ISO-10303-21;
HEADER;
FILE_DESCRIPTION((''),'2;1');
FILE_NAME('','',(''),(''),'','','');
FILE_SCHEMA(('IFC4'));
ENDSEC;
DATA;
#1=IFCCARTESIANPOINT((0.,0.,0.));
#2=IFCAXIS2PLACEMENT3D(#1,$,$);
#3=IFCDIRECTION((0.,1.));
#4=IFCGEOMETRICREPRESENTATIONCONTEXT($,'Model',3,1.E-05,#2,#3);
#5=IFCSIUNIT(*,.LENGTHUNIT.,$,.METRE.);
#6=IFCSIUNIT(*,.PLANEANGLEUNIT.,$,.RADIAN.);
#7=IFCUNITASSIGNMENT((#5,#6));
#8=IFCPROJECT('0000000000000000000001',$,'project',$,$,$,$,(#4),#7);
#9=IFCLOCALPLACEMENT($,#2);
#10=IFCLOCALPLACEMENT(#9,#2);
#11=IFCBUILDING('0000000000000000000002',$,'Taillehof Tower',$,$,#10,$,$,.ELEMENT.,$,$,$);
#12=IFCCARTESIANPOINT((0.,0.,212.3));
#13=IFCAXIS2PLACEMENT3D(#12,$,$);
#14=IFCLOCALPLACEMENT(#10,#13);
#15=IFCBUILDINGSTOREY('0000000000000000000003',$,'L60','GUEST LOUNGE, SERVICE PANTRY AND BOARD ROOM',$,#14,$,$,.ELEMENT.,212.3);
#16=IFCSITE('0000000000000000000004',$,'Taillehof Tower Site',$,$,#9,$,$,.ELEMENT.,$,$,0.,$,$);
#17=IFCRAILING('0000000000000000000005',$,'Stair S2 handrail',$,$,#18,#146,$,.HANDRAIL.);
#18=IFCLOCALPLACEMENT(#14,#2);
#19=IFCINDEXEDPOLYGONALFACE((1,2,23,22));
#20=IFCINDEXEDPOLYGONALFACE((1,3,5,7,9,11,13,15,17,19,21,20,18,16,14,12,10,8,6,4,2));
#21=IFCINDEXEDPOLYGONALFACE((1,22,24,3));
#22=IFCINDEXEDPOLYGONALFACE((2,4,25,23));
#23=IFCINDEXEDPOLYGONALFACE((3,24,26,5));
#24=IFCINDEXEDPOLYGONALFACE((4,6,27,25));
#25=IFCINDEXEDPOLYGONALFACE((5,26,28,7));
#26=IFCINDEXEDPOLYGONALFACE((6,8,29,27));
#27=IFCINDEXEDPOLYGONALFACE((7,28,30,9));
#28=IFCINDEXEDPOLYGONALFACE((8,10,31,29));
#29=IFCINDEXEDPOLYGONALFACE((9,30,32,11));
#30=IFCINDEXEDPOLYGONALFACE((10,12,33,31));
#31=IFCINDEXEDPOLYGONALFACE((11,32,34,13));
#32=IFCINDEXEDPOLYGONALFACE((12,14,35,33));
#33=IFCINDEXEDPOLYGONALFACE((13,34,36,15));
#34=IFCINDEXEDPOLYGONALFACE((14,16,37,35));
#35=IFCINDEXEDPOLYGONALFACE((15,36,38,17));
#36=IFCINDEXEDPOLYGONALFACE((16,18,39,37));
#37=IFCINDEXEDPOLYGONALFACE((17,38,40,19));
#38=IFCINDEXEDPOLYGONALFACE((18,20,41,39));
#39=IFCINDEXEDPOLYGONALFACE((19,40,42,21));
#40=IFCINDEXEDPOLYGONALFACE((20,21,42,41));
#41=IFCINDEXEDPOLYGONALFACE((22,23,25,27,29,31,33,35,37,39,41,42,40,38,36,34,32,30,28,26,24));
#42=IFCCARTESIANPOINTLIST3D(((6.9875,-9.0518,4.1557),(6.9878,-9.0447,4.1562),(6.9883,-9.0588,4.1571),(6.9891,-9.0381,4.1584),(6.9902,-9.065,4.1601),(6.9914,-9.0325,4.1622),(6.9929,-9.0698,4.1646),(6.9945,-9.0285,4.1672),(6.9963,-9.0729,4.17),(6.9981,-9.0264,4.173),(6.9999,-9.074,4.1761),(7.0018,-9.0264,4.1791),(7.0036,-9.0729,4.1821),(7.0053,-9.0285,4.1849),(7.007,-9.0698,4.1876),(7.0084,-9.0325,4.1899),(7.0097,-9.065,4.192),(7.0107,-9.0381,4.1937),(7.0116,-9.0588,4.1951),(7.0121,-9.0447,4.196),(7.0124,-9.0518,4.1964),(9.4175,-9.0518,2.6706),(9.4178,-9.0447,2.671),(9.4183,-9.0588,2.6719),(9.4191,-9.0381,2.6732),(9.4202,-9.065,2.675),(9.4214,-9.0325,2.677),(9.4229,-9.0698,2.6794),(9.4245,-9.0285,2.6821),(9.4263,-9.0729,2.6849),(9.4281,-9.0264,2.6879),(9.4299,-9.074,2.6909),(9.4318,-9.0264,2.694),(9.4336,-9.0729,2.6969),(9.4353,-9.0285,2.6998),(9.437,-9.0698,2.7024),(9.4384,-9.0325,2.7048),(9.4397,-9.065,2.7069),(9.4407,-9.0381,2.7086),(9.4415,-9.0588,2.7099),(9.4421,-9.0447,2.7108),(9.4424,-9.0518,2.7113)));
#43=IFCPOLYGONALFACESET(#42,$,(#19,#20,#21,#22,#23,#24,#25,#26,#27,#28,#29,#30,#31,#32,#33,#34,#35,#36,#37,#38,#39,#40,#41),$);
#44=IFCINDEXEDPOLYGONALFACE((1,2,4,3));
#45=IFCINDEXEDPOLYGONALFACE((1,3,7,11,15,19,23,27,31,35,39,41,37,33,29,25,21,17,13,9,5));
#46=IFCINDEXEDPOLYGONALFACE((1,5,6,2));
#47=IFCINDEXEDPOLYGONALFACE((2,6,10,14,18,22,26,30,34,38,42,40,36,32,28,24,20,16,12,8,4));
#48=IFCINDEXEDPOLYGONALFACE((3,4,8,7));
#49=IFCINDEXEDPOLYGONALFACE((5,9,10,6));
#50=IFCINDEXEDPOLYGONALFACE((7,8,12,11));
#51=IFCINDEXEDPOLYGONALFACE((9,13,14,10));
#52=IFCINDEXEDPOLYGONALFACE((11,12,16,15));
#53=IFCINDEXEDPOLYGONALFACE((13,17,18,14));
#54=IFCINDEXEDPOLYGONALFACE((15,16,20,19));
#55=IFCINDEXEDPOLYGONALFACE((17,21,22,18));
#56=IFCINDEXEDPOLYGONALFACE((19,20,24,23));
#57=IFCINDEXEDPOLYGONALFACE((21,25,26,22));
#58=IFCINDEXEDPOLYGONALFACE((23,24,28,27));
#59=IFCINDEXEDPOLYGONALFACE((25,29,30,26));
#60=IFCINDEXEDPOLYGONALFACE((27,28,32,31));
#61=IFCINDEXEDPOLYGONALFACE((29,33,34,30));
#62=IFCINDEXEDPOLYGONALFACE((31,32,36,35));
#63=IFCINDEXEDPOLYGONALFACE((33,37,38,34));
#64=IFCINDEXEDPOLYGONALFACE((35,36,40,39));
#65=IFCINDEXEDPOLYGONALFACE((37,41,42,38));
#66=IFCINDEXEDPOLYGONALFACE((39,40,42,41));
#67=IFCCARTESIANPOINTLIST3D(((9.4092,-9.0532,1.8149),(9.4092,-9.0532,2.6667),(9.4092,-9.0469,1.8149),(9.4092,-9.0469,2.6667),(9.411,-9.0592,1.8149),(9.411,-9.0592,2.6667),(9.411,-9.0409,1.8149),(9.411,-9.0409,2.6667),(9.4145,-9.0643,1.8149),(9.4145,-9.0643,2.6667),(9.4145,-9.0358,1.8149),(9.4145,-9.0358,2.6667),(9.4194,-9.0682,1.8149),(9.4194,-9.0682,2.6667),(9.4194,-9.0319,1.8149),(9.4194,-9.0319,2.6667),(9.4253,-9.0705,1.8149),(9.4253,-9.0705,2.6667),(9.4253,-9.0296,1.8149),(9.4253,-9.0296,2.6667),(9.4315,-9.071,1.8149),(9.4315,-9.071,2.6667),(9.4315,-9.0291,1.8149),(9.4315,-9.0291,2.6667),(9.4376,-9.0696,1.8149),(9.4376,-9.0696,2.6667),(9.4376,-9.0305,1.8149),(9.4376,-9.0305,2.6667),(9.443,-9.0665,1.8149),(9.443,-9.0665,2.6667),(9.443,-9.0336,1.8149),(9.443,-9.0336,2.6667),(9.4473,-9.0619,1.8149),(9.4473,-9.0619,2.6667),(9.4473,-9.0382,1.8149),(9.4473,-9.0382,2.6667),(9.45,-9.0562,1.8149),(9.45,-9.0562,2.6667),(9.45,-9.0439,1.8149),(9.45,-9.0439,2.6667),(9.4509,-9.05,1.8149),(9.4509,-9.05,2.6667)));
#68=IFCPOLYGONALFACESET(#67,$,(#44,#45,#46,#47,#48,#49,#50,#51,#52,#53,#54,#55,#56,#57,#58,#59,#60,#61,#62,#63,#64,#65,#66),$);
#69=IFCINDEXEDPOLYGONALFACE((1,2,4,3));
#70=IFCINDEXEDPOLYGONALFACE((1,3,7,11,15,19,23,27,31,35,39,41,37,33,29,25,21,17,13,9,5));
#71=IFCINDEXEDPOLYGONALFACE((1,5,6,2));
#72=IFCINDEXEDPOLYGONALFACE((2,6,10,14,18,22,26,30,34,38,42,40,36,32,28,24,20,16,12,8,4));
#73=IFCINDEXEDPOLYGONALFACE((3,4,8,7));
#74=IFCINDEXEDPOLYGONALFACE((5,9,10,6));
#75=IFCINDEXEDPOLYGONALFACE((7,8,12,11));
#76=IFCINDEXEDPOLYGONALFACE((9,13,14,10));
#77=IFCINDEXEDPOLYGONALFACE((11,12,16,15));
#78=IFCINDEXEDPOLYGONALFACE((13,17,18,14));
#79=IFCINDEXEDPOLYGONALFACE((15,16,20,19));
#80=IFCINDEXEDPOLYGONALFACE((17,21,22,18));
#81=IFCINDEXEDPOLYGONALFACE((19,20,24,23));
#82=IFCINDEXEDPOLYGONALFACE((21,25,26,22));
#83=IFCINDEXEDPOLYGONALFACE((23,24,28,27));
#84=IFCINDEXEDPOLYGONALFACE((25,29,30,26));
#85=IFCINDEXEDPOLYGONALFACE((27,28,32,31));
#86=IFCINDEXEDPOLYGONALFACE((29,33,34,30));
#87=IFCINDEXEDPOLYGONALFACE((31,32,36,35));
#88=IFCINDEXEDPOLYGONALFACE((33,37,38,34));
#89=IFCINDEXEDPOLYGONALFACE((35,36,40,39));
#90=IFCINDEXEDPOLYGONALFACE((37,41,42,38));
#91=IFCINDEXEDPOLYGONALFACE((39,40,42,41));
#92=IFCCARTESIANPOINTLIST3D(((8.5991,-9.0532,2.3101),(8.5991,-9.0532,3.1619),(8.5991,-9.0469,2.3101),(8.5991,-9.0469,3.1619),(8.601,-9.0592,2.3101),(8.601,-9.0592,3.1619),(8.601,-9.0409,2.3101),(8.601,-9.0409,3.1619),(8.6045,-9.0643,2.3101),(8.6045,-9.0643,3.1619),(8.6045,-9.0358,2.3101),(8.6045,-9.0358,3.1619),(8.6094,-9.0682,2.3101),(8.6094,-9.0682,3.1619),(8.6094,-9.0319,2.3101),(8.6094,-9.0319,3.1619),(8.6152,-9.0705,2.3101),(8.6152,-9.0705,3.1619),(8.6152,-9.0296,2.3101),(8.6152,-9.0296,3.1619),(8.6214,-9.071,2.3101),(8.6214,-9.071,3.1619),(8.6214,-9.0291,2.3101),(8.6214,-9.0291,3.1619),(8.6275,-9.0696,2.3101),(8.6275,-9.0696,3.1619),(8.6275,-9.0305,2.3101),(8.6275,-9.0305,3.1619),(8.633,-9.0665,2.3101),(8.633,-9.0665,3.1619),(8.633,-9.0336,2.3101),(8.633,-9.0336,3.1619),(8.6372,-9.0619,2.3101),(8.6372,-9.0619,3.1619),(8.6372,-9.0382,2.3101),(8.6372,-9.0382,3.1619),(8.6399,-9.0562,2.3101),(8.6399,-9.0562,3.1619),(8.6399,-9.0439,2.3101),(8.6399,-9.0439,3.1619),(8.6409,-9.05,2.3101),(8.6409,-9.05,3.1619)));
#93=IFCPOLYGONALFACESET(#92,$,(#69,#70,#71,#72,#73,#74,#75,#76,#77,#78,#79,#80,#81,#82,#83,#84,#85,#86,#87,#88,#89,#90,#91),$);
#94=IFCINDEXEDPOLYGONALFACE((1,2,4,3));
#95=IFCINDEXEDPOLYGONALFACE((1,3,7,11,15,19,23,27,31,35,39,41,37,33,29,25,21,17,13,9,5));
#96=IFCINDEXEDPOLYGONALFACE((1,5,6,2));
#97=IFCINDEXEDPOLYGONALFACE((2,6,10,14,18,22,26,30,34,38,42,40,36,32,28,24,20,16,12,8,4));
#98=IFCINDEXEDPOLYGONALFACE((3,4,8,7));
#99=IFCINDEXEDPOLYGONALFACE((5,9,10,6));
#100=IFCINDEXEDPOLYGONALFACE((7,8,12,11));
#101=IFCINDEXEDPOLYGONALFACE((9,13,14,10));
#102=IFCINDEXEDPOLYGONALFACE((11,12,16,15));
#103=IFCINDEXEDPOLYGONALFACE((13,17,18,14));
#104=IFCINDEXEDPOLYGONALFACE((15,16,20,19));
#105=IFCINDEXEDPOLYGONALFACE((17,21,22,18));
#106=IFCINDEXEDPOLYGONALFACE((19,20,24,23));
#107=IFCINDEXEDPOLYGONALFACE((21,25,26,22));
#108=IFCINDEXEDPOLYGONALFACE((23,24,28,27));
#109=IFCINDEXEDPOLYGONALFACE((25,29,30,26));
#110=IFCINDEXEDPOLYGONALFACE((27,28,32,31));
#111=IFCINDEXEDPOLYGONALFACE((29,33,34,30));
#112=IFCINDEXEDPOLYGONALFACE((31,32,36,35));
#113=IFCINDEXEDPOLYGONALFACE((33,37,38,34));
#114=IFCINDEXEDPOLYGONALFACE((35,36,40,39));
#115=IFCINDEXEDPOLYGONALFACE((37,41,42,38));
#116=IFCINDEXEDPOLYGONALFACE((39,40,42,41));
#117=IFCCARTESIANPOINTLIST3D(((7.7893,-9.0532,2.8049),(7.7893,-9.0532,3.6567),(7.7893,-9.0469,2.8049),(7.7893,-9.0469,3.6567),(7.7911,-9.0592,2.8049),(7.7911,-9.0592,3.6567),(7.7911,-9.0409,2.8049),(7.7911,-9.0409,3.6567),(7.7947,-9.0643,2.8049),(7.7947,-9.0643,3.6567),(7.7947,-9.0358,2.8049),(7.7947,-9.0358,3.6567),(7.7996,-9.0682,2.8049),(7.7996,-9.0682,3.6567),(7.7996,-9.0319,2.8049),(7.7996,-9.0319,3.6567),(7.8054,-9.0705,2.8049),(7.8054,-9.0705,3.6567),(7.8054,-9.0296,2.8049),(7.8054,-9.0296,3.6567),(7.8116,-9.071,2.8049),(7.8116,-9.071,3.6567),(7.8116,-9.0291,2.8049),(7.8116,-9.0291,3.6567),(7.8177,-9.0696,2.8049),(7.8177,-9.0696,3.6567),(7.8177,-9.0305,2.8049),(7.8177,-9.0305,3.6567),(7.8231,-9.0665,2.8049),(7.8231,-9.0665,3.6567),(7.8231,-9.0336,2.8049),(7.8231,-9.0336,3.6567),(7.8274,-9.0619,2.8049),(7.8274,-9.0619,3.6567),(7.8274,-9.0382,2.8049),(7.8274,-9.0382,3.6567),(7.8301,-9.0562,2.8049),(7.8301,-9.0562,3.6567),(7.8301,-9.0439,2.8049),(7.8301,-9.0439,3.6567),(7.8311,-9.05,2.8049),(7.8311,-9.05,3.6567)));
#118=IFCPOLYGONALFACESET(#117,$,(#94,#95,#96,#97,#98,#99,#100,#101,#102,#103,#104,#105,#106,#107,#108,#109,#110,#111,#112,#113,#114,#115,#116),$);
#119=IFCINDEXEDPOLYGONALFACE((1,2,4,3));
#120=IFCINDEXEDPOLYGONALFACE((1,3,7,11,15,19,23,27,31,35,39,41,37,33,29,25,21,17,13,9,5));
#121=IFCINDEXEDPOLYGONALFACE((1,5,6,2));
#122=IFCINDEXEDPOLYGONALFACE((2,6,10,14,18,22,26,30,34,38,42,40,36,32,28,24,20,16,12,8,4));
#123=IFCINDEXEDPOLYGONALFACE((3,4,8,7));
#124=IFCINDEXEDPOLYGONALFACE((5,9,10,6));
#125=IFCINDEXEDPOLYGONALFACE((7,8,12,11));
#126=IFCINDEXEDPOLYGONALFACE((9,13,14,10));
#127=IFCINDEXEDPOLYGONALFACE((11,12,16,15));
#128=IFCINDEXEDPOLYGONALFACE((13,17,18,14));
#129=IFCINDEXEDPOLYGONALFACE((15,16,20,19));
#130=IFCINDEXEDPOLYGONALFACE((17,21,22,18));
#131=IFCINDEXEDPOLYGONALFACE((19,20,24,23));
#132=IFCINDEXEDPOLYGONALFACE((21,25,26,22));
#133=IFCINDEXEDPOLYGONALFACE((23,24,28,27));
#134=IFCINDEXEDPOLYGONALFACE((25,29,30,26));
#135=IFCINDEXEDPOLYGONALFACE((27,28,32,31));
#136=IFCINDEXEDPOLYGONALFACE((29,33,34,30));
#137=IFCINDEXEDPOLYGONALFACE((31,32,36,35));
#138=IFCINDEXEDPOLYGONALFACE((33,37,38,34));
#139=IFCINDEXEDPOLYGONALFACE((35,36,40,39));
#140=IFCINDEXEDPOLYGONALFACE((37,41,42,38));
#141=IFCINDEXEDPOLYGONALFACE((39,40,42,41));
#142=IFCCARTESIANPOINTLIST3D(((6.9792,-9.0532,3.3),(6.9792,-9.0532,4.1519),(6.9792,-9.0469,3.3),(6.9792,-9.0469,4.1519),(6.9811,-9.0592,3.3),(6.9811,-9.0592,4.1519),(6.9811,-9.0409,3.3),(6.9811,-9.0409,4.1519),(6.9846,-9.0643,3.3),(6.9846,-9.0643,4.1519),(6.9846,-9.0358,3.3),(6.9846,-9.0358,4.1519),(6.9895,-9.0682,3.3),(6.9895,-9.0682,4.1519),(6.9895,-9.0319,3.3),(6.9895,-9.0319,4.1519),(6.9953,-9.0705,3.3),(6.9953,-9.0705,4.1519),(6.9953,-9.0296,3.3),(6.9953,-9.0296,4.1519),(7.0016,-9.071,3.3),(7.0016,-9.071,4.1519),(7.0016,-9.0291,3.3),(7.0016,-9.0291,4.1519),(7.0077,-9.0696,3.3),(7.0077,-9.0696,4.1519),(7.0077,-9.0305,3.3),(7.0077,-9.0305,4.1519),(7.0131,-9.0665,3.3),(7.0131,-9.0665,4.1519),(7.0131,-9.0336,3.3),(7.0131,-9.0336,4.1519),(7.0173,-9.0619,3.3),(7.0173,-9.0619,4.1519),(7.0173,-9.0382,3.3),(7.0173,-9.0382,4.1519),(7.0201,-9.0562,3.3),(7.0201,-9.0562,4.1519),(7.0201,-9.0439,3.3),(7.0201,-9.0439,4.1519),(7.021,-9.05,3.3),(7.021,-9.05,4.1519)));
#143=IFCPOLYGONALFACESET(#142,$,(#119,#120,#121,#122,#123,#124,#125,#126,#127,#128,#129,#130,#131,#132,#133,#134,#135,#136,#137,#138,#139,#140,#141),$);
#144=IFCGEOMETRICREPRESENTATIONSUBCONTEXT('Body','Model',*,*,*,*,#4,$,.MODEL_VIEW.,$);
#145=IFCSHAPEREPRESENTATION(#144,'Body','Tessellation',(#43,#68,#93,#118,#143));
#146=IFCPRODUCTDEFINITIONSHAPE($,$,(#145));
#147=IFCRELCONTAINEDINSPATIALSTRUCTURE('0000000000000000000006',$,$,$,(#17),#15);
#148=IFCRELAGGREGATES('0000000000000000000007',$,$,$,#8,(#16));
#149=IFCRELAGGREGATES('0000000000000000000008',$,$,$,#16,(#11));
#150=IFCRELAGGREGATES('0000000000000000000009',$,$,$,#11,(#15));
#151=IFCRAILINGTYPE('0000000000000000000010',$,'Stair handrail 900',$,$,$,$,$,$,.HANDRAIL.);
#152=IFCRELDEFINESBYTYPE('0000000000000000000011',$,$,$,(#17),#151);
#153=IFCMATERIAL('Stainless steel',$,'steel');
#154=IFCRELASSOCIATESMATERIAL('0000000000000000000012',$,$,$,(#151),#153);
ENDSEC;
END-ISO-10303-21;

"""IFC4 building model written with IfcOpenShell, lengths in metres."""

from ifc_helpers import new_model, si_unit, direction, frame, origin, origin_2d, place, context, subcontext, project, spatial, circle, extrude, material, type_object, element, save


model = new_model("IFC4")

# Units and contexts
model_context = context("Model", 3, precision=1e-05, world=origin(), true_north=direction((0.0, 1.0)))
body_context = subcontext(model_context, "Body", "Model", "MODEL_VIEW")
ifc_project = project(units=[si_unit("LENGTHUNIT", "METRE"), si_unit("PLANEANGLEUNIT", "RADIAN")], contexts=[model_context])

# Site, building, storey
site_placement = place(None, origin())
site = spatial("IfcSite", under=ifc_project, at=site_placement, Name="Taillehof Tower Site", CompositionType="ELEMENT", RefElevation=0.0)
building_placement = place(site_placement, origin())
building = spatial("IfcBuilding", under=site, at=building_placement, Name="Taillehof Tower", CompositionType="ELEMENT")
storey_placement = place(building_placement, frame((0.0, 0.0, 212.3)))
storey = spatial("IfcBuildingStorey", under=building, at=storey_placement, Name="L60", Description="GUEST LOUNGE, SERVICE PANTRY AND BOARD ROOM", CompositionType="ELEMENT", Elevation=212.3)

# Railing
ifc_material_1 = material(Name="Stainless steel", Category="steel")
railing_type = type_object("IfcRailingType", Name="Stair handrail 900", PredefinedType="HANDRAIL", material=ifc_material_1)
railing_placement = place(storey_placement, frame((9.4299, -9.05, 1.8149)))
element("IfcRailing", 1, at=railing_placement, inside=storey, type_object=railing_type, Name="Stair S2 handrail", PredefinedType="HANDRAIL", context=body_context, shape_type="SweptSolid", body=[
    extrude(circle(Radius=0.0239, at=origin_2d()), frame((0.0, 0.0, 0.876), z_axis=(-0.853259, 0.0, 0.521488), x_axis=(0.0, -1.0, 0.0)), (0.0, 0.0, 1.0), 2.8479),
    extrude(circle(Radius=0.021, at=origin_2d()), origin(), (0.0, 0.0, 1.0), 0.8518),
    extrude(circle(Radius=0.021, at=origin_2d()), frame((-0.8101, 0.0, 0.4951)), (0.0, 0.0, 1.0), 0.8518),
    extrude(circle(Radius=0.021, at=origin_2d()), frame((-1.6199, 0.0, 0.99)), (0.0, 0.0, 1.0), 0.8518),
    extrude(circle(Radius=0.021, at=origin_2d()), frame((-2.4299, 0.0, 1.4851)), (0.0, 0.0, 1.0), 0.8518),
])

save(model, "model.ifc")
